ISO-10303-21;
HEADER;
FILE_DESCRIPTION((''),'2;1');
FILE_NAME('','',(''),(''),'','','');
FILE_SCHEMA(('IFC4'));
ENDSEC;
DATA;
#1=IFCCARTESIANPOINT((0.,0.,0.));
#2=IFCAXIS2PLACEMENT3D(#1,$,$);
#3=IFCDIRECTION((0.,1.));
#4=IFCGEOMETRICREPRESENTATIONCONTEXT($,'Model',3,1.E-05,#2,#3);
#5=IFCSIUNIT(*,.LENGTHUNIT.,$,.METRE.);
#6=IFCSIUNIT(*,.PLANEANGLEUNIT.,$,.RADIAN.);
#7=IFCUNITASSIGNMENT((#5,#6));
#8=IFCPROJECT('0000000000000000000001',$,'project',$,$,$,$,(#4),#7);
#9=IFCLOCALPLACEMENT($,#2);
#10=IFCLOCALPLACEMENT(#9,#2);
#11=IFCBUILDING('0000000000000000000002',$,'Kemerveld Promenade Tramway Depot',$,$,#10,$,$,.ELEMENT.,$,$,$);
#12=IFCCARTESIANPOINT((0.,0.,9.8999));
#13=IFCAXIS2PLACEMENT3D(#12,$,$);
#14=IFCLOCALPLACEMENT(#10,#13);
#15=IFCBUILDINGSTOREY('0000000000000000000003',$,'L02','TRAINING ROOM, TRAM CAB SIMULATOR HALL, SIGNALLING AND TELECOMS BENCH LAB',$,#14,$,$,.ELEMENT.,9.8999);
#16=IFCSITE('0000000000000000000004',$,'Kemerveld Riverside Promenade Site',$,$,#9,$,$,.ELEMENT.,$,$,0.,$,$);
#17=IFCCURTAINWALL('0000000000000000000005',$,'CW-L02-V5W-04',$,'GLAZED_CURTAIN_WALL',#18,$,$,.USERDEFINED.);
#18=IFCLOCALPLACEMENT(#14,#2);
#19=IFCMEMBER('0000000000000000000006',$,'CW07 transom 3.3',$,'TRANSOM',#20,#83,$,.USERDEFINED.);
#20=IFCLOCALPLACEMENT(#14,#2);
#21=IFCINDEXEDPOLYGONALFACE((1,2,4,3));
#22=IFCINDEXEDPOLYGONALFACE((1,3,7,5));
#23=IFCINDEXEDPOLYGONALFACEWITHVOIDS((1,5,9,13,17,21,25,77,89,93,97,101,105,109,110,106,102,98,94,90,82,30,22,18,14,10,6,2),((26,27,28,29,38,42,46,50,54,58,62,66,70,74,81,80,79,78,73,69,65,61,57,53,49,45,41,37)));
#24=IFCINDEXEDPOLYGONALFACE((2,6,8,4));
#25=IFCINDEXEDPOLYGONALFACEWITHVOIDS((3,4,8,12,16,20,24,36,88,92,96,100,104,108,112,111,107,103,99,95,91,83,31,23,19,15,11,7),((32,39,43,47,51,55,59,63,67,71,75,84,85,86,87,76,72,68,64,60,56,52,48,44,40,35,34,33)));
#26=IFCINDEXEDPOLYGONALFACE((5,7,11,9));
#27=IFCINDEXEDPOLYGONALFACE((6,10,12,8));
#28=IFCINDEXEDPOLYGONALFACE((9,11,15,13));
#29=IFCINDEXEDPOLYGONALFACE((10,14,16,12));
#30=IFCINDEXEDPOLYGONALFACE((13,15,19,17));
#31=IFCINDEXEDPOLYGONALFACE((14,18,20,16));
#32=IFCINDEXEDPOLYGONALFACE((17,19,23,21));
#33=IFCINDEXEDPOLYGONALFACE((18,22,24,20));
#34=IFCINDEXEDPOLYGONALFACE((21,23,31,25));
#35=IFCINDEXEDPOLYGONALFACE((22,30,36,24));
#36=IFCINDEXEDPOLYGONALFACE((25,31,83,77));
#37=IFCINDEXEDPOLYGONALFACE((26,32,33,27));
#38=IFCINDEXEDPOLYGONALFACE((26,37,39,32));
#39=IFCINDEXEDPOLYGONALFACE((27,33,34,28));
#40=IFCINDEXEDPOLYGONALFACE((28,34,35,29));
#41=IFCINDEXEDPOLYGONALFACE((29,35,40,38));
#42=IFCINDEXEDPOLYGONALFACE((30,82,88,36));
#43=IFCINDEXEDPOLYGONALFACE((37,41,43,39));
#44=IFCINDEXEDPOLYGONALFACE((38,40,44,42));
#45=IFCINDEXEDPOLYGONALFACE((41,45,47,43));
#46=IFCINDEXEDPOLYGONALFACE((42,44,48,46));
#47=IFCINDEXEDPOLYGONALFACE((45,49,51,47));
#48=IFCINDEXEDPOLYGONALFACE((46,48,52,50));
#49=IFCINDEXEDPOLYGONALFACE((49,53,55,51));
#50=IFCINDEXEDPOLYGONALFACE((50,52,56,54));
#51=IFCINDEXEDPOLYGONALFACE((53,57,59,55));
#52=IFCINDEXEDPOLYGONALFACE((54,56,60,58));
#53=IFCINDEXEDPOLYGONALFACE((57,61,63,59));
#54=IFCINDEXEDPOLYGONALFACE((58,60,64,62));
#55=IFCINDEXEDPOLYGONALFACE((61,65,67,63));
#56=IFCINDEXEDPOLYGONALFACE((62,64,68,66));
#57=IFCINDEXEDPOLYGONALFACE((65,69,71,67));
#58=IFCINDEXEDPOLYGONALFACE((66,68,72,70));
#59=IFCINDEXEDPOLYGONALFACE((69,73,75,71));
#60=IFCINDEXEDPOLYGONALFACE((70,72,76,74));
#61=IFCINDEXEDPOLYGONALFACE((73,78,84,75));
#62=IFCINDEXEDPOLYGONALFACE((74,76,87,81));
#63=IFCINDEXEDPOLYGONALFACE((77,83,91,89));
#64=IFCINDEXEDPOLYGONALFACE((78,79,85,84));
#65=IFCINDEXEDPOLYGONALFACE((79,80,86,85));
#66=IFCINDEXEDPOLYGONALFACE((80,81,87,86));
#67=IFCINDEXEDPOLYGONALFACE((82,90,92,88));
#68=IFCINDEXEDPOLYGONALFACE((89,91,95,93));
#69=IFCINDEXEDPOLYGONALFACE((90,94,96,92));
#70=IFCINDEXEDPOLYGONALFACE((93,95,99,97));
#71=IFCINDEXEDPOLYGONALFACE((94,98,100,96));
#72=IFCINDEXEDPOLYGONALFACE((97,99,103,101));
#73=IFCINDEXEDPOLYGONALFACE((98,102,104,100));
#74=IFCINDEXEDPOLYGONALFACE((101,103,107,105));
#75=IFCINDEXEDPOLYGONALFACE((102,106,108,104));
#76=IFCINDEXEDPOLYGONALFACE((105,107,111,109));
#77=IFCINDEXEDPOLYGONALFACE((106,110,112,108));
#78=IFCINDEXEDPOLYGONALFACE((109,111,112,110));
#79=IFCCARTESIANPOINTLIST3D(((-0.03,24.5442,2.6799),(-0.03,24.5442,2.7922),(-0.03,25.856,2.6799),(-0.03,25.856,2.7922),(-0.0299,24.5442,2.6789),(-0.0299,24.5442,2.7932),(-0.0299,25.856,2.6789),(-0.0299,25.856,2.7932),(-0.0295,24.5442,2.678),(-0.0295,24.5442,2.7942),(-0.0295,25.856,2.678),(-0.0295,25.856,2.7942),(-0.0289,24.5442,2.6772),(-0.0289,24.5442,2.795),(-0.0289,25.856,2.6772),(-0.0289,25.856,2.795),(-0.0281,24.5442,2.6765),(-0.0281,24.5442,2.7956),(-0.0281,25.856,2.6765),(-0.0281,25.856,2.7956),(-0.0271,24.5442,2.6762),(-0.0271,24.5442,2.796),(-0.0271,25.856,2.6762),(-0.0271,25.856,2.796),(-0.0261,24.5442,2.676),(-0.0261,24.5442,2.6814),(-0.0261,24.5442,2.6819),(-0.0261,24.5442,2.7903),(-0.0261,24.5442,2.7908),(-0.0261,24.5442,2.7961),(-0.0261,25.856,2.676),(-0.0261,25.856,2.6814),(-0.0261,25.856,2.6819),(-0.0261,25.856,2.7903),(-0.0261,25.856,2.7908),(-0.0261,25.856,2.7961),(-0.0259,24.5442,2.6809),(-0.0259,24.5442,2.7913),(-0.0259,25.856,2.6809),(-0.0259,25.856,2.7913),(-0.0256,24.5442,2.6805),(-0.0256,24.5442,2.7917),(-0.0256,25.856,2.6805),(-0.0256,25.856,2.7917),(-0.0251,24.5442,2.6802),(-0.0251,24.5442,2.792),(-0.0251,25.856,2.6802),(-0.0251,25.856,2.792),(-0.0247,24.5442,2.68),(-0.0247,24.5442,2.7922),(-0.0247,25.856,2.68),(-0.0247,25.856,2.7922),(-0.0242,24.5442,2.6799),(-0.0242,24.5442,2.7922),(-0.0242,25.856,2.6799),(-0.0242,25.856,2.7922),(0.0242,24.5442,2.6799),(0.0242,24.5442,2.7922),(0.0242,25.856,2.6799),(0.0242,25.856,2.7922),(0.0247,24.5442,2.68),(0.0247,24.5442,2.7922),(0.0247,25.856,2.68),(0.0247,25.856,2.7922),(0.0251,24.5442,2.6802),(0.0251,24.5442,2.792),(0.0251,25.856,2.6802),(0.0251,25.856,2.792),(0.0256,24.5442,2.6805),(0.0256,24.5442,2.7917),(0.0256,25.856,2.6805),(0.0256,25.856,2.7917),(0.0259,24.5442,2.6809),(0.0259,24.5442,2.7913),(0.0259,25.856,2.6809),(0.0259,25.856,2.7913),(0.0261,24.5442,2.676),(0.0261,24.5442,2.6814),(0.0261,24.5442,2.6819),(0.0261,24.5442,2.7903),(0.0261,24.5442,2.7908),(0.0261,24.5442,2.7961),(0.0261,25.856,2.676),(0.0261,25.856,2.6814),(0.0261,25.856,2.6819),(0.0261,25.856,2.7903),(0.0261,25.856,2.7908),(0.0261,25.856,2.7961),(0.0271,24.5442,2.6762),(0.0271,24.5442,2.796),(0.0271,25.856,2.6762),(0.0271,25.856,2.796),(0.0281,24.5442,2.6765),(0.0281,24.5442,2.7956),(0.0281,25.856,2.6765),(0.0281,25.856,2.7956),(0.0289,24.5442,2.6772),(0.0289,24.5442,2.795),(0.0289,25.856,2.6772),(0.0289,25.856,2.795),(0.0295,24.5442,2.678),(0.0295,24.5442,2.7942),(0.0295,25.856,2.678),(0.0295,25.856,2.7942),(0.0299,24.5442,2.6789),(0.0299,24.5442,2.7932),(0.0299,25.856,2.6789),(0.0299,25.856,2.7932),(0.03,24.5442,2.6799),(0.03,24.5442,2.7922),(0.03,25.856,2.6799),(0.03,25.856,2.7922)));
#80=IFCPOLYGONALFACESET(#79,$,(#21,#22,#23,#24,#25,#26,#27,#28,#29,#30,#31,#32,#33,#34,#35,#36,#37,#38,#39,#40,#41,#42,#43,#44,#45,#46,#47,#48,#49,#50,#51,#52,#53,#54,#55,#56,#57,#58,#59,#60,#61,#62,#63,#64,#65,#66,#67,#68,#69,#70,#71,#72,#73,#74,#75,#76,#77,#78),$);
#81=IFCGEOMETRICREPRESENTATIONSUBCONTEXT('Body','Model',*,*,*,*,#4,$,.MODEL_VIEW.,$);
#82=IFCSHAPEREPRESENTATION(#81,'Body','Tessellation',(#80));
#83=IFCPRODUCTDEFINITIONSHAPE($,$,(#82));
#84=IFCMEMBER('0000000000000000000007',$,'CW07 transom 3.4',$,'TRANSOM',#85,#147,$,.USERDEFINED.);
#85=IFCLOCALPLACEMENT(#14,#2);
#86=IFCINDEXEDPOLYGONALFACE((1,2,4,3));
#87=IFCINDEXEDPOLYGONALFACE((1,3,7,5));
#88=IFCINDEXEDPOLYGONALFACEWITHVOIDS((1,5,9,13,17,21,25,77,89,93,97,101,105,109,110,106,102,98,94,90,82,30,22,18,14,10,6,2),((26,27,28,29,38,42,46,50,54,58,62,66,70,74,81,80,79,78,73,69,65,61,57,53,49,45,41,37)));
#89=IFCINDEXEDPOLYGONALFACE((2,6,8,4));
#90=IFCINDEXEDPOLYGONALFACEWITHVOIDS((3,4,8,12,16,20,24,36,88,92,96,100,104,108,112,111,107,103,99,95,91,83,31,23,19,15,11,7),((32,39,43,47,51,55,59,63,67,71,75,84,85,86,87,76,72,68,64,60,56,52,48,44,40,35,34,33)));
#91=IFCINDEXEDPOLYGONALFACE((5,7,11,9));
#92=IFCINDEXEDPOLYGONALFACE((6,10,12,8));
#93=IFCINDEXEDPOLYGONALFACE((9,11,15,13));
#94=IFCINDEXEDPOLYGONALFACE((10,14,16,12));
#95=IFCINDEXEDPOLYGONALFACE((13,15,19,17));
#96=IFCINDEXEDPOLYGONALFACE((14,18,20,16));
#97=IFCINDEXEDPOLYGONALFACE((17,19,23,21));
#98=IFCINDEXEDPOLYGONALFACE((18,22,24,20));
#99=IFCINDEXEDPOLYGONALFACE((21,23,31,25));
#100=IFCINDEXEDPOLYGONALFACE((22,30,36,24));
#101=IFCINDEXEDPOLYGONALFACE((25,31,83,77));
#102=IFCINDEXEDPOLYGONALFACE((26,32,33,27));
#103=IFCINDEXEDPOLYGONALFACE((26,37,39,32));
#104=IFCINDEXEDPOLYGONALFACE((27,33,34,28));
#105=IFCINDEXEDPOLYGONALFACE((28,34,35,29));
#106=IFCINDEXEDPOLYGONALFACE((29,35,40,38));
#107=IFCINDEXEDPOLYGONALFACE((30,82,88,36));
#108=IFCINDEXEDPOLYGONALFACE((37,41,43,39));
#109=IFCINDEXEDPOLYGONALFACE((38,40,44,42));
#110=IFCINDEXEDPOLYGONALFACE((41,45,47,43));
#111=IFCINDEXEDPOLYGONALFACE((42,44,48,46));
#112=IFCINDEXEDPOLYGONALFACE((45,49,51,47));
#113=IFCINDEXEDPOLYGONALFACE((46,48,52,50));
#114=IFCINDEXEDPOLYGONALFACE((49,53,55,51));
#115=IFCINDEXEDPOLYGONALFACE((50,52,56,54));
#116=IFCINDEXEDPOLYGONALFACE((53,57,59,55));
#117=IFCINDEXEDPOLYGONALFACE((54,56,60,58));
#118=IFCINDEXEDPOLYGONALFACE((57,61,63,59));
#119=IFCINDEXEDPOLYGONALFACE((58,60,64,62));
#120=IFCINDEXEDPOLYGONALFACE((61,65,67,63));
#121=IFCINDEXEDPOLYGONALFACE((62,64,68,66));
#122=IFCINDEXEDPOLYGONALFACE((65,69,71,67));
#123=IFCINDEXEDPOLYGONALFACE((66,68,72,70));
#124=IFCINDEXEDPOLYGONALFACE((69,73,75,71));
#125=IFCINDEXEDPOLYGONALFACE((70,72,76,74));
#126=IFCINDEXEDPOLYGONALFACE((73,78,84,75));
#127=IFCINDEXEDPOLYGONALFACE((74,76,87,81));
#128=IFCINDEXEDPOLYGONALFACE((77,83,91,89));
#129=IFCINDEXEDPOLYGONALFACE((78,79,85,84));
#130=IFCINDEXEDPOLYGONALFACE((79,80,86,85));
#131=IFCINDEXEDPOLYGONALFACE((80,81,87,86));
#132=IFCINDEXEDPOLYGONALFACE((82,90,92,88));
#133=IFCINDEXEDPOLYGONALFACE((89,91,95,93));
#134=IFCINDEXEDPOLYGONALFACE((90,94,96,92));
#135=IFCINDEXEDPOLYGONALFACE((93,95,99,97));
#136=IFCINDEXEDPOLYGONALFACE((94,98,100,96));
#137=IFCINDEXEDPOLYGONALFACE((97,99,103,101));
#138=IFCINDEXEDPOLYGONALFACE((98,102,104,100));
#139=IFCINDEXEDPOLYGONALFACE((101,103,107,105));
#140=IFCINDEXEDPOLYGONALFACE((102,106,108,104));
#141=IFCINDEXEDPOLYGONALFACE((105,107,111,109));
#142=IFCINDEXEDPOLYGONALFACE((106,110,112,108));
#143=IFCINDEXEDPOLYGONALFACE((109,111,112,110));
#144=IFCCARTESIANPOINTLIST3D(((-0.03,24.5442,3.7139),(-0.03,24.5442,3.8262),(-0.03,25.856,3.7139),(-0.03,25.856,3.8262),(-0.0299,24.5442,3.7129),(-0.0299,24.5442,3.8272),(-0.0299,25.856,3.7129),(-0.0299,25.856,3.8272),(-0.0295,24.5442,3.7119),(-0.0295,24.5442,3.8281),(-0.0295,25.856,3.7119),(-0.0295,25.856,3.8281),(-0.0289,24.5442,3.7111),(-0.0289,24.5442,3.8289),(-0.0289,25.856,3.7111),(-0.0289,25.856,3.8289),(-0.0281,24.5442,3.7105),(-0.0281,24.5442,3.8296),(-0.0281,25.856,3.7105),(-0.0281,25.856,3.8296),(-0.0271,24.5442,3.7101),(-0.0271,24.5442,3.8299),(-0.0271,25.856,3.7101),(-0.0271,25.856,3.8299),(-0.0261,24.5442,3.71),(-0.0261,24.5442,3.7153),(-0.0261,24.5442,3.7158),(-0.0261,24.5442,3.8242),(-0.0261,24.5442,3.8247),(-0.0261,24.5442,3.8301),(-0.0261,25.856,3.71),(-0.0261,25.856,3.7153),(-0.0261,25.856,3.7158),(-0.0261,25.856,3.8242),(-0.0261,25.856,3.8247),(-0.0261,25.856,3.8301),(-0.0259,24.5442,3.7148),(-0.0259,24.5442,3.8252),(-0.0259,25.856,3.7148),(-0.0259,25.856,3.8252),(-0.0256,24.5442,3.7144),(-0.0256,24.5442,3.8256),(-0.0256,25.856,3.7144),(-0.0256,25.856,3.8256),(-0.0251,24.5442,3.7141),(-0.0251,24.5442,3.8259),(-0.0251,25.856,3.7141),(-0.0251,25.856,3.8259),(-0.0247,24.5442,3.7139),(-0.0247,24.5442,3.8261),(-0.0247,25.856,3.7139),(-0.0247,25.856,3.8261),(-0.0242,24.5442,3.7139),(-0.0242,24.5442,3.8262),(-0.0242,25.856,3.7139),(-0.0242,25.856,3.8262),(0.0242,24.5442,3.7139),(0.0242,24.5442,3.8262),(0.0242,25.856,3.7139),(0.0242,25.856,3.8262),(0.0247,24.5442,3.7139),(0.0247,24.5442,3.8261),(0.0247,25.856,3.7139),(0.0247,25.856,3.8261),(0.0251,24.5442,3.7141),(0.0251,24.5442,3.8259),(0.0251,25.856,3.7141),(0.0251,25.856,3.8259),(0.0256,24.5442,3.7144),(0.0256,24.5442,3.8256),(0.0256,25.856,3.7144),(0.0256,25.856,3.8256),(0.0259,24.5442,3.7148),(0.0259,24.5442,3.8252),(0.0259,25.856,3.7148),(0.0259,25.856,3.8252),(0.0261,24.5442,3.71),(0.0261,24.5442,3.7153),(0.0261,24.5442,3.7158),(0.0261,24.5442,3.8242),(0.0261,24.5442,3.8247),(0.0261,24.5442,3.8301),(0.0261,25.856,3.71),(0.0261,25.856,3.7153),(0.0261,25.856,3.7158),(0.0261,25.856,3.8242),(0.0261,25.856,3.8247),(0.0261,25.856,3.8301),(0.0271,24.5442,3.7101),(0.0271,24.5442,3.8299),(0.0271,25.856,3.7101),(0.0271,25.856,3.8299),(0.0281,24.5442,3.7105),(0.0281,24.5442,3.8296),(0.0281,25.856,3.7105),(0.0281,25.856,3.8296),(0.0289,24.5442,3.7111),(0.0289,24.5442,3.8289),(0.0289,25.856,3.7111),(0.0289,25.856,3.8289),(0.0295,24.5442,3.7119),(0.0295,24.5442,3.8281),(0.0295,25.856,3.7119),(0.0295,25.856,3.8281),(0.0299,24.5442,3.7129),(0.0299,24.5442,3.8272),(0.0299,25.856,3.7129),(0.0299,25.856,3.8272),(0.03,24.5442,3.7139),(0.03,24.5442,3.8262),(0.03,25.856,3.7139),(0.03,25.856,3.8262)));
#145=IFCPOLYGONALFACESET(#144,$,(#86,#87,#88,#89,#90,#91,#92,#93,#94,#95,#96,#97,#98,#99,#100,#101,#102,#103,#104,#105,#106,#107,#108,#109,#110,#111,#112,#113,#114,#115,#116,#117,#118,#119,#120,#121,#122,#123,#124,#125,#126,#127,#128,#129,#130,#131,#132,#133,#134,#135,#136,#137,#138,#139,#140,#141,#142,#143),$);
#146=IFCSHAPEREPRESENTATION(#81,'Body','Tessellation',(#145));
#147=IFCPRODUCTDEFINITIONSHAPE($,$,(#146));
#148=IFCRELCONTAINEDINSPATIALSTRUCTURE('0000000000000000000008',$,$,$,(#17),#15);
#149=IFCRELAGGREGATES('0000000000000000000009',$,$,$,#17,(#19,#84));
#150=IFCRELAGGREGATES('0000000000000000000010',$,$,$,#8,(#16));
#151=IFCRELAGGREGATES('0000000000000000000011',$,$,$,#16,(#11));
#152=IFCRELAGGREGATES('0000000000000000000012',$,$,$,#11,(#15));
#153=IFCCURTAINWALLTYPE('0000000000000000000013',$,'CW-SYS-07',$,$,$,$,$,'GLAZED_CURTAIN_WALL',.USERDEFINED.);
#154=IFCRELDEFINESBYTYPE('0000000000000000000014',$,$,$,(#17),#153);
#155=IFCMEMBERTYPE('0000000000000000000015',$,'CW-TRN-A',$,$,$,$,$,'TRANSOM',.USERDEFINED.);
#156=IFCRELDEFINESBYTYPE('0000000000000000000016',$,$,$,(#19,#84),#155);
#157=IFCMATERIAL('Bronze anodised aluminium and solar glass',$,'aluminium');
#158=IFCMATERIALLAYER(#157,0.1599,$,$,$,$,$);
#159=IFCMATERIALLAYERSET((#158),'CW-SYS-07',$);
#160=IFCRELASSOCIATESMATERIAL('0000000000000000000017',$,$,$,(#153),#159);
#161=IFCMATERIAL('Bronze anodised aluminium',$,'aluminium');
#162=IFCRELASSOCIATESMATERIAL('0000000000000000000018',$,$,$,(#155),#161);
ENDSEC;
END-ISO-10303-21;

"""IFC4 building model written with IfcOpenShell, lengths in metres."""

from ifc_helpers import new_model, si_unit, direction, frame, origin, origin_2d, place, context, subcontext, project, spatial, hollow_rectangle, extrude, material, layer, layer_set, material_profile, profile_set, type_object, element, aggregate, save


model = new_model("IFC4")

# Units and contexts
model_context = context("Model", 3, precision=1e-05, world=origin(), true_north=direction((0.0, 1.0)))
body_context = subcontext(model_context, "Body", "Model", "MODEL_VIEW")
ifc_project = project(units=[si_unit("LENGTHUNIT", "METRE"), si_unit("PLANEANGLEUNIT", "RADIAN")], contexts=[model_context])

# Site, building, storey
site_placement = place(None, origin())
site = spatial("IfcSite", under=ifc_project, at=site_placement, Name="Kemerveld Riverside Promenade Site", CompositionType="ELEMENT", RefElevation=0.0)
building_placement = place(site_placement, origin())
building = spatial("IfcBuilding", under=site, at=building_placement, Name="Kemerveld Promenade Tramway Depot", CompositionType="ELEMENT")
storey_placement = place(building_placement, frame((0.0, 0.0, 9.8999)))
storey = spatial("IfcBuildingStorey", under=building, at=storey_placement, Name="L02", Description="TRAINING ROOM, TRAM CAB SIMULATOR HALL, SIGNALLING AND TELECOMS BENCH LAB", CompositionType="ELEMENT", Elevation=9.8999)

# Curtain wall, members
ifc_material_1 = material(Name="Bronze anodised aluminium and solar glass", Category="aluminium")
ifc_layer_1 = layer(ifc_material_1, 0.1599)
ifc_layer_set_1 = layer_set([ifc_layer_1], Name="CW-SYS-07")
curtain_wall_type = type_object("IfcCurtainWallType", Name="CW-SYS-07", ElementType="GLAZED_CURTAIN_WALL", PredefinedType="USERDEFINED", material=ifc_layer_set_1)
curtain_wall_placement = place(storey_placement, origin())
curtain_wall = element("IfcCurtainWall", 1, at=curtain_wall_placement, inside=storey, type_object=curtain_wall_type, Name="CW-L02-V5W-04", ObjectType="GLAZED_CURTAIN_WALL", PredefinedType="USERDEFINED")
ifc_material_2 = material(Name="Bronze anodised aluminium", Category="aluminium")
ifc_material_profile_1 = material_profile(ifc_material_2, hollow_rectangle(XDim=0.0601, YDim=0.1201, WallThickness=0.0039, InnerFilletRadius=0.002, OuterFilletRadius=0.0039, at=origin_2d()), Name="CW-TRN-120x60")
ifc_profile_set_1 = profile_set([ifc_material_profile_1], Name="Bronze anodised aluminium")
member_type_1 = type_object("IfcMemberType", Name="CW-TRN-A", ElementType="TRANSOM", PredefinedType="USERDEFINED", material=ifc_profile_set_1)
member_1_placement = place(storey_placement, frame((0.0, 24.5442, 2.7361), z_axis=(0.0, 1.0, 0.0), x_axis=(-1.0, 0.0, 0.0)))
member_1 = element("IfcMember", 2, at=member_1_placement, type_object=member_type_1, Name="CW07 transom 3.3", ObjectType="TRANSOM", PredefinedType="USERDEFINED", context=body_context, shape_type="SweptSolid", body=[
    extrude(hollow_rectangle(XDim=0.0601, YDim=0.1201, WallThickness=0.0039, InnerFilletRadius=0.002, OuterFilletRadius=0.0039, at=origin_2d()), origin(), (0.0, 0.0, 1.0), 1.3118),
])
member_2_placement = place(storey_placement, frame((0.0, 24.5442, 3.77), z_axis=(0.0, 1.0, 0.0), x_axis=(-1.0, 0.0, 0.0)))
member_2 = element("IfcMember", 3, at=member_2_placement, type_object=member_type_1, Name="CW07 transom 3.4", ObjectType="TRANSOM", PredefinedType="USERDEFINED", context=body_context, shape_type="SweptSolid", body=[
    extrude(hollow_rectangle(XDim=0.0601, YDim=0.1201, WallThickness=0.0039, InnerFilletRadius=0.002, OuterFilletRadius=0.0039, at=origin_2d()), origin(), (0.0, 0.0, 1.0), 1.3118),
])
aggregate(curtain_wall, [member_1, member_2])

save(model, "model.ifc")
